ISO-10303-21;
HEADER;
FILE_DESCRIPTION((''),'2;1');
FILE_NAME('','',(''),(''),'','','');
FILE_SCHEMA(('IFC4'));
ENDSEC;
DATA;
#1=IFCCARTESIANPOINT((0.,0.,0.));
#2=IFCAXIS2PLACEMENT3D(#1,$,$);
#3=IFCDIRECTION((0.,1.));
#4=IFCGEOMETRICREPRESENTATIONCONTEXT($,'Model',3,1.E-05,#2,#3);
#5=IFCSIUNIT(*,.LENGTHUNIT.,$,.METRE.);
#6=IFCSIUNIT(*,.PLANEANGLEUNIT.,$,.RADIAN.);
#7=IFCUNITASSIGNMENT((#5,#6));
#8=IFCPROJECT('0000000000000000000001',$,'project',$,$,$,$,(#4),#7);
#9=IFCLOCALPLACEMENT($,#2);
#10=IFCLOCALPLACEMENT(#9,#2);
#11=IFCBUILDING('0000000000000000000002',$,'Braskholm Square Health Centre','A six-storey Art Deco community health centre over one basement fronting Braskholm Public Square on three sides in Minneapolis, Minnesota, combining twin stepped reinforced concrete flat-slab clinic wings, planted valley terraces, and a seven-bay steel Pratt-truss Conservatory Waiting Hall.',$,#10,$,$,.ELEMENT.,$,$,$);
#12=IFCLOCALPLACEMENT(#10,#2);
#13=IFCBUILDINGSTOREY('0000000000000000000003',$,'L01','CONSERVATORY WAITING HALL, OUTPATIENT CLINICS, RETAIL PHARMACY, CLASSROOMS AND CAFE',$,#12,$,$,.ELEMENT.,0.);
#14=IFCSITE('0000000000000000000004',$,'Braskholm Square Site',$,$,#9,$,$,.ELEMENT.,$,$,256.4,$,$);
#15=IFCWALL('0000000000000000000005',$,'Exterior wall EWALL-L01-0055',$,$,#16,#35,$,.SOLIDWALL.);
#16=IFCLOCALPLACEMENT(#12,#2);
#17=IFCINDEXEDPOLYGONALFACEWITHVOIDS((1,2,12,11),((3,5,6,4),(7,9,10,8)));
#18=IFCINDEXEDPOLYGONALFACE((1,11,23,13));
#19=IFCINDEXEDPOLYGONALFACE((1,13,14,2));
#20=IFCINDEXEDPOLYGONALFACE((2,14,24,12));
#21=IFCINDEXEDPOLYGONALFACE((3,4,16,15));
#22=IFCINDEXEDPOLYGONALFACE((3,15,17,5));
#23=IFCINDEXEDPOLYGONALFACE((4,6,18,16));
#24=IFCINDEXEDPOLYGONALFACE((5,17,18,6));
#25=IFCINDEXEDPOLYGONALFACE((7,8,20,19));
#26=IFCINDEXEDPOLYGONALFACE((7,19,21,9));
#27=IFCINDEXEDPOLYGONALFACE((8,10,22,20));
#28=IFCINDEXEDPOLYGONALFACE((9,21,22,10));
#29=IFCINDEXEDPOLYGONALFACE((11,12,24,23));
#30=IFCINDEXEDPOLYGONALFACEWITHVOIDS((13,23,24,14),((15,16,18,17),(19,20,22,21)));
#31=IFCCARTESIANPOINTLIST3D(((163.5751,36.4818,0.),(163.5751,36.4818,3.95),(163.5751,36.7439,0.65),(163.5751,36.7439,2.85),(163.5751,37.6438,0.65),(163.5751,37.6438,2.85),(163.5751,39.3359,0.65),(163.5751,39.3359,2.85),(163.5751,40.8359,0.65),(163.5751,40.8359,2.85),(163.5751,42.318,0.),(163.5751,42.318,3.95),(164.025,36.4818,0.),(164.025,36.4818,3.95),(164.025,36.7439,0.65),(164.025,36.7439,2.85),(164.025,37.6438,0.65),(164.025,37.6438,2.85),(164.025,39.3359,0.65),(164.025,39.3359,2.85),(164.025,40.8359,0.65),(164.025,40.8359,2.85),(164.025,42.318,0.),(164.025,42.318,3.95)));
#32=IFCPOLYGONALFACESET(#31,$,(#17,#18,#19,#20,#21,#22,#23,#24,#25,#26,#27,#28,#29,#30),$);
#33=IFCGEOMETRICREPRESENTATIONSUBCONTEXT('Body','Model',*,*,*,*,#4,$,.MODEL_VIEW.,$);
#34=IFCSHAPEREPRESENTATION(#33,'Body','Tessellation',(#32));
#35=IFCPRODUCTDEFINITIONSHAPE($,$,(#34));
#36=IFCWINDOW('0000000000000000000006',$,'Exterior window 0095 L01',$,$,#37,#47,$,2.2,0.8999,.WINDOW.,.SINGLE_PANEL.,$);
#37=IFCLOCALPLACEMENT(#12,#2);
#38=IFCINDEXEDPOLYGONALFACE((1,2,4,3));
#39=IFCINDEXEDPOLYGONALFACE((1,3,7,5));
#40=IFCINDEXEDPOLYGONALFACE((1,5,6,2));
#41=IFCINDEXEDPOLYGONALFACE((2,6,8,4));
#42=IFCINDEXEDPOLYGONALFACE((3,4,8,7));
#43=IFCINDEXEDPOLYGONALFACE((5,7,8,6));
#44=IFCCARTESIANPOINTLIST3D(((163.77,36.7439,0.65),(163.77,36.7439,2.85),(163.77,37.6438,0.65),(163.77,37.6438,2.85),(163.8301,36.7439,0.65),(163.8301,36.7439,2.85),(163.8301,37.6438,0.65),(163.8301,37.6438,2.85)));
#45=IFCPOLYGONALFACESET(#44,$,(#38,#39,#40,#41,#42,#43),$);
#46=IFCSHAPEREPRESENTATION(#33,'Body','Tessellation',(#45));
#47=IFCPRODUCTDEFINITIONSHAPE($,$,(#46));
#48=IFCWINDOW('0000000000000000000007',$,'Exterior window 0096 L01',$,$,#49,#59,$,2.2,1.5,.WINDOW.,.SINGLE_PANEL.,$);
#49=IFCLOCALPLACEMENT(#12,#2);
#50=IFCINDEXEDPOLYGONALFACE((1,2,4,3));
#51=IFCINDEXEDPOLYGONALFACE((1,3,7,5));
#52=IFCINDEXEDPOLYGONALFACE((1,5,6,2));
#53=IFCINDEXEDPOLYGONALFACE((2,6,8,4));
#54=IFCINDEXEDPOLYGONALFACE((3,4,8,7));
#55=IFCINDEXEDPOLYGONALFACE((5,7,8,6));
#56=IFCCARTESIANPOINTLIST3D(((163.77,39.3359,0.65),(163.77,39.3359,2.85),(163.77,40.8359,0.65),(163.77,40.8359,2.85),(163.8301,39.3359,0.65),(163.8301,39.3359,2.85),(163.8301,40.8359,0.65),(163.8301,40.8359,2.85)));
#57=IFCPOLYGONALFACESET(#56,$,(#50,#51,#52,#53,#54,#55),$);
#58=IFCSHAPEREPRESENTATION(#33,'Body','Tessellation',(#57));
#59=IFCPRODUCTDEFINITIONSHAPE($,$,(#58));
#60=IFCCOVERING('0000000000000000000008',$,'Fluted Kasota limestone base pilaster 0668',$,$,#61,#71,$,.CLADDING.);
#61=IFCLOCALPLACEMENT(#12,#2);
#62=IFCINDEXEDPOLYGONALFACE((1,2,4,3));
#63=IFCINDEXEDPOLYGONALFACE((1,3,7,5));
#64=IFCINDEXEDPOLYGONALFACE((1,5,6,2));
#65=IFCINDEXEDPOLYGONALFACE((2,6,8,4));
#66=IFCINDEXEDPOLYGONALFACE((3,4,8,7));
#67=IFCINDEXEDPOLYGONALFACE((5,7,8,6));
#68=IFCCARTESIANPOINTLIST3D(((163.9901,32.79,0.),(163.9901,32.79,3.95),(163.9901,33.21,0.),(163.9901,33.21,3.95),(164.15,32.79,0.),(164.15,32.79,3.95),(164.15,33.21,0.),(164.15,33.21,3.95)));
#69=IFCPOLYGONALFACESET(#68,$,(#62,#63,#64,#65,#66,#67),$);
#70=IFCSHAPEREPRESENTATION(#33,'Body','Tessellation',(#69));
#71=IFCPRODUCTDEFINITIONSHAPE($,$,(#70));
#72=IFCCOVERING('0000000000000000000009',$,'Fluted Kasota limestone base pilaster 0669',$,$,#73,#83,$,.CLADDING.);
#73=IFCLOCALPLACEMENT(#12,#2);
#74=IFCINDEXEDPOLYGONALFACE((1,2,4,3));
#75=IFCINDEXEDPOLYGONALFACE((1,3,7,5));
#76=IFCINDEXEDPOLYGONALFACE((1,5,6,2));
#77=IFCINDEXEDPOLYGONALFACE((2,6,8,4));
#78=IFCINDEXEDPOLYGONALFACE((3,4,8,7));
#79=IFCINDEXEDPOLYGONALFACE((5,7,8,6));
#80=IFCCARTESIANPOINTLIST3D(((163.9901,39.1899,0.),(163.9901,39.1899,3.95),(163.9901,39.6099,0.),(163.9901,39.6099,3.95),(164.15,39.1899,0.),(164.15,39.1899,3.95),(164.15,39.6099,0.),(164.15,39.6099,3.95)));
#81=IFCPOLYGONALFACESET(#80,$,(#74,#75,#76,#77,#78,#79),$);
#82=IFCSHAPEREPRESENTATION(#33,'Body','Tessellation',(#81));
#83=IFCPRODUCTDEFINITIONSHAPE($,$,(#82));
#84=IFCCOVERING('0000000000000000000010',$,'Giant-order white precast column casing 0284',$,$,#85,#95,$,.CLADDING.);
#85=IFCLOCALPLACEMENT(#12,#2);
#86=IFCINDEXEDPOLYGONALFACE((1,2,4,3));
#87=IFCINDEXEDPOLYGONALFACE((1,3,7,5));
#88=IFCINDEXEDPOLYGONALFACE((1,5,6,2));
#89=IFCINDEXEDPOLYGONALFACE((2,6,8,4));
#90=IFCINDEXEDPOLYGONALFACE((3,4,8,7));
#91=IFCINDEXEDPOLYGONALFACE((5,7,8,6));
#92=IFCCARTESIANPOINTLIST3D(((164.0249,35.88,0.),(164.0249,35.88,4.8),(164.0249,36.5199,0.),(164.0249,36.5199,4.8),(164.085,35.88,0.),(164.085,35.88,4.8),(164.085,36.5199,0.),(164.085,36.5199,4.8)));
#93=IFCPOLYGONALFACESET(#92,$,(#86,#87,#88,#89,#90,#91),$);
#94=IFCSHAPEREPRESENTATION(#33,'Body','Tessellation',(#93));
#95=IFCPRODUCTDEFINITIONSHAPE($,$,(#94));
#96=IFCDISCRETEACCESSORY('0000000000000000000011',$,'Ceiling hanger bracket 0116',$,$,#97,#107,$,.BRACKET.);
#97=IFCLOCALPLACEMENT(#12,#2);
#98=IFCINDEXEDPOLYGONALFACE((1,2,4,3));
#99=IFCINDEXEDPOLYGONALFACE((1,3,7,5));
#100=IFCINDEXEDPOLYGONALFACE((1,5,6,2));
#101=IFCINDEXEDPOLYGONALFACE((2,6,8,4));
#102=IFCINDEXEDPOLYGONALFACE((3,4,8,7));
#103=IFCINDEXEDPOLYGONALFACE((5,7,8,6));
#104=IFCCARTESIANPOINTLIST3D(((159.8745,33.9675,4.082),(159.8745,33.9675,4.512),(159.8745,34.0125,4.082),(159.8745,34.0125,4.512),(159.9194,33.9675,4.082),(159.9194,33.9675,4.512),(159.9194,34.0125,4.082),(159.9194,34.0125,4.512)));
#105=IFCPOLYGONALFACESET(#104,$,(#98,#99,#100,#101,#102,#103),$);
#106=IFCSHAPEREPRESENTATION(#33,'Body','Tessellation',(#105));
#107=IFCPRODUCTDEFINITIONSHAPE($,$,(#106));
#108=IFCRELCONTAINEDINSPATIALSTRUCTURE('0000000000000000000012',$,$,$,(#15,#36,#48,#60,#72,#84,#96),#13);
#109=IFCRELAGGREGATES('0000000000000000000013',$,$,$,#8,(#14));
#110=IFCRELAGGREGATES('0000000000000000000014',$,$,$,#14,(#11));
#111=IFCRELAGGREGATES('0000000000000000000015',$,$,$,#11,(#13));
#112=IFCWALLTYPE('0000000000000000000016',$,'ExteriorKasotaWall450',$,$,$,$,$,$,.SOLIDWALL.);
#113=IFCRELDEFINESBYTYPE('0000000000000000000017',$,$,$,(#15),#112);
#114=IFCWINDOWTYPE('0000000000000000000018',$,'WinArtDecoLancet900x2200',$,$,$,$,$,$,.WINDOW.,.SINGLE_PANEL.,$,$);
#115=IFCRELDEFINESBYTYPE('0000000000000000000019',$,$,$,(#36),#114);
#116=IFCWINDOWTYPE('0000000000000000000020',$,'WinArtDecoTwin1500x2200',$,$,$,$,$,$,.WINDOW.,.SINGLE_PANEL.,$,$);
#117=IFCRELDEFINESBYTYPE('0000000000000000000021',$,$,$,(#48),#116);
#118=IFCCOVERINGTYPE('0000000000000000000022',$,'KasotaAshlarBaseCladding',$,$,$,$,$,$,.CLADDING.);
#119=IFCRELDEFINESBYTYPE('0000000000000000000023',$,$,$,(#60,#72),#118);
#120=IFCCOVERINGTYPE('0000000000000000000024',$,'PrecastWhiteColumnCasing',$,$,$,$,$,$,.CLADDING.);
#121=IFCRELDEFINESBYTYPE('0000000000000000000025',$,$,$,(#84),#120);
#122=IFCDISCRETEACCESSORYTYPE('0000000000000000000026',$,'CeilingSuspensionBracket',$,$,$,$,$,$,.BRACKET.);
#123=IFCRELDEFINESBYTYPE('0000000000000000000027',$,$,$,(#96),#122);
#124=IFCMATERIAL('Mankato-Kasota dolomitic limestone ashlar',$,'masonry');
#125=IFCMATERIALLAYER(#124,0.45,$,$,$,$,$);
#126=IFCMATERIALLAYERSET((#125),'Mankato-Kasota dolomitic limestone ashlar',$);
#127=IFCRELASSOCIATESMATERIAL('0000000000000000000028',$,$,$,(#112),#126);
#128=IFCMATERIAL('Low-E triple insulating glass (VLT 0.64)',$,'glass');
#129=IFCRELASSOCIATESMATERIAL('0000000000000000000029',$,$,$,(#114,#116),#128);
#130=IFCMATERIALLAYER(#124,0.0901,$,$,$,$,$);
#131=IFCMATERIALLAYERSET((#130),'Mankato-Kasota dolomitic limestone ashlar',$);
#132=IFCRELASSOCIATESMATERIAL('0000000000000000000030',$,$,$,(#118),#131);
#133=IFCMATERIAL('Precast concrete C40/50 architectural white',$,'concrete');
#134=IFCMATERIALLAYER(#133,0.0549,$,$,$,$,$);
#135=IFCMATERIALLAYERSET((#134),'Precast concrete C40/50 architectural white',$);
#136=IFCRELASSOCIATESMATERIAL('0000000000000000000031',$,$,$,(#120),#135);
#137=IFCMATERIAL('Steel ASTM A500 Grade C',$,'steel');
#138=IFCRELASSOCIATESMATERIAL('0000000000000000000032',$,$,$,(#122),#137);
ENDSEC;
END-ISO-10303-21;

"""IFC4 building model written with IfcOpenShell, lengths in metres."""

from ifc_helpers import new_model, si_unit, direction, frame, frame_2d, origin, origin_with_axes, origin_2d, place, context, subcontext, project, spatial, rectangle, extrude, material, layer, layer_set, type_object, element, fill, save


model = new_model("IFC4")

# Units and contexts
model_context = context("Model", 3, precision=1e-05, world=origin(), true_north=direction((0.0, 1.0)))
body_context = subcontext(model_context, "Body", "Model", "MODEL_VIEW")
ifc_project = project(units=[si_unit("LENGTHUNIT", "METRE"), si_unit("PLANEANGLEUNIT", "RADIAN")], contexts=[model_context])

# Site, building, storey
site_placement = place(None, origin())
site = spatial("IfcSite", under=ifc_project, at=site_placement, Name="Braskholm Square Site", CompositionType="ELEMENT", RefElevation=256.4)
building_placement = place(site_placement, origin())
building = spatial("IfcBuilding", under=site, at=building_placement, Name="Braskholm Square Health Centre", Description="A six-storey Art Deco community health centre over one basement fronting Braskholm Public Square on three sides in Minneapolis, Minnesota, combining twin stepped reinforced concrete flat-slab clinic wings, planted valley terraces, and a seven-bay steel Pratt-truss Conservatory Waiting Hall.", CompositionType="ELEMENT")
storey_placement = place(building_placement, origin())
storey = spatial("IfcBuildingStorey", under=building, at=storey_placement, Name="L01", Description="CONSERVATORY WAITING HALL, OUTPATIENT CLINICS, RETAIL PHARMACY, CLASSROOMS AND CAFE", CompositionType="ELEMENT", Elevation=0.0)

# Shared definitions
ifc_material_1 = material(Name="Precast concrete C40/50 architectural white", Category="concrete")

# Shared definitions
ifc_material_2 = material(Name="Low-E triple insulating glass (VLT 0.64)", Category="glass")

# Wall, openings, windows
ifc_material_3 = material(Name="Mankato-Kasota dolomitic limestone ashlar", Category="masonry")
ifc_layer_1 = layer(ifc_material_3, 0.45)
ifc_layer_set_1 = layer_set([ifc_layer_1], Name="Mankato-Kasota dolomitic limestone ashlar")
wall_type_1 = type_object("IfcWallType", Name="ExteriorKasotaWall450", PredefinedType="SOLIDWALL", material=ifc_layer_set_1)
wall_1_placement = place(storey_placement, frame((163.8, 36.4819, 0.0), z_axis=(0.0, 0.0, 1.0), x_axis=(0.0, 1.0, 0.0)))
wall_1 = element("IfcWall", 1, at=wall_1_placement, inside=storey, type_object=wall_type_1, Name="Exterior wall EWALL-L01-0055", PredefinedType="SOLIDWALL", context=body_context, shape_type="SweptSolid", body=[
    extrude(rectangle(XDim=5.8362, YDim=0.45, at=frame_2d((2.918, 0.0))), origin(), (0.0, 0.0, 1.0), 3.95),
])
opening_1_placement = place(wall_1_placement, frame((0.262, 0.0, 0.6499)))
opening_1 = element("IfcOpeningElement", 2, at=opening_1_placement, cuts=wall_1, PredefinedType="OPENING", context=body_context, shape_type="SweptSolid", body=[
    extrude(rectangle(XDim=0.8999, YDim=2.2, at=frame_2d((0.45, 1.1001))), frame((0.0, 0.2349, 0.0), z_axis=(0.0, -1.0, 0.0), x_axis=(1.0, 0.0, 0.0)), (0.0, 0.0, 1.0), 0.47),
])
opening_2_placement = place(wall_1_placement, frame((2.854, 0.0, 0.6499)))
opening_2 = element("IfcOpeningElement", 3, at=opening_2_placement, cuts=wall_1, PredefinedType="OPENING", context=body_context, shape_type="SweptSolid", body=[
    extrude(rectangle(XDim=1.5, YDim=2.2, at=frame_2d((0.75, 1.1001))), frame((0.0, 0.2349, 0.0), z_axis=(0.0, -1.0, 0.0), x_axis=(1.0, 0.0, 0.0)), (0.0, 0.0, 1.0), 0.47),
])
window_type_1 = type_object("IfcWindowType", Name="WinArtDecoLancet900x2200", PartitioningType="SINGLE_PANEL", PredefinedType="WINDOW", material=ifc_material_2)
window_1_placement = place(opening_1_placement, origin_with_axes())
window_1 = element("IfcWindow", 4, at=window_1_placement, inside=storey, type_object=window_type_1, Name="Exterior window 0095 L01", OverallHeight=2.2, OverallWidth=0.8999, PartitioningType="SINGLE_PANEL", PredefinedType="WINDOW", context=body_context, shape_type="SweptSolid", body=[
    extrude(rectangle(XDim=0.8999, YDim=2.2, at=frame_2d((0.45, 1.1001))), frame((0.0, 0.03, 0.0), z_axis=(0.0, -1.0, 0.0), x_axis=(1.0, 0.0, 0.0)), (0.0, 0.0, 1.0), 0.0601),
])
fill(opening_1, window_1)
window_type_2 = type_object("IfcWindowType", Name="WinArtDecoTwin1500x2200", PartitioningType="SINGLE_PANEL", PredefinedType="WINDOW", material=ifc_material_2)
window_2_placement = place(opening_2_placement, origin_with_axes())
window_2 = element("IfcWindow", 5, at=window_2_placement, inside=storey, type_object=window_type_2, Name="Exterior window 0096 L01", OverallHeight=2.2, OverallWidth=1.5, PartitioningType="SINGLE_PANEL", PredefinedType="WINDOW", context=body_context, shape_type="SweptSolid", body=[
    extrude(rectangle(XDim=1.5, YDim=2.2, at=frame_2d((0.75, 1.1001))), frame((0.0, 0.03, 0.0), z_axis=(0.0, -1.0, 0.0), x_axis=(1.0, 0.0, 0.0)), (0.0, 0.0, 1.0), 0.0601),
])
fill(opening_2, window_2)

# Coverings
ifc_layer_2 = layer(ifc_material_3, 0.0901)
ifc_layer_set_2 = layer_set([ifc_layer_2], Name="Mankato-Kasota dolomitic limestone ashlar")
covering_type_1 = type_object("IfcCoveringType", Name="KasotaAshlarBaseCladding", PredefinedType="CLADDING", material=ifc_layer_set_2)
for number, where, z_axis, x_axis, name in (
    (6, (164.0701, 33.0, 0.0), (0.0, 0.0, 1.0), (1.0, 0.0, 0.0), "Fluted Kasota limestone base pilaster 0668"),
    (7, (164.0701, 39.3999, 0.0), (0.0, 0.0, 1.0), (1.0, 0.0, 0.0), "Fluted Kasota limestone base pilaster 0669"),
):
    element("IfcCovering", number, at=place(storey_placement, frame(where, z_axis=z_axis, x_axis=x_axis)), inside=storey, type_object=covering_type_1, Name=name, PredefinedType="CLADDING", context=body_context, shape_type="SweptSolid", body=[
        extrude(rectangle(XDim=0.1599, YDim=0.4199, at=origin_2d()), origin(), (0.0, 0.0, 1.0), 3.95),
    ])
ifc_layer_3 = layer(ifc_material_1, 0.0549)
ifc_layer_set_3 = layer_set([ifc_layer_3], Name="Precast concrete C40/50 architectural white")
covering_type_2 = type_object("IfcCoveringType", Name="PrecastWhiteColumnCasing", PredefinedType="CLADDING", material=ifc_layer_set_3)
covering_placement = place(storey_placement, frame((164.0549, 36.2, 0.0), z_axis=(0.0, 0.0, 1.0), x_axis=(1.0, 0.0, 0.0)))
element("IfcCovering", 8, at=covering_placement, inside=storey, type_object=covering_type_2, Name="Giant-order white precast column casing 0284", PredefinedType="CLADDING", context=body_context, shape_type="SweptSolid", body=[
    extrude(rectangle(XDim=0.0601, YDim=0.6399, at=origin_2d()), origin(), (0.0, 0.0, 1.0), 4.8),
])

# Discrete accessory
ifc_material_4 = material(Name="Steel ASTM A500 Grade C", Category="steel")
discrete_accessory_type = type_object("IfcDiscreteAccessoryType", Name="CeilingSuspensionBracket", PredefinedType="BRACKET", material=ifc_material_4)
discrete_accessory_placement = place(storey_placement, frame((159.897, 33.99, 4.082), z_axis=(0.0, 0.0, 1.0), x_axis=(1.0, 0.0, 0.0)))
element("IfcDiscreteAccessory", 9, at=discrete_accessory_placement, inside=storey, type_object=discrete_accessory_type, Name="Ceiling hanger bracket 0116", PredefinedType="BRACKET", context=body_context, shape_type="SweptSolid", body=[
    extrude(rectangle(XDim=0.0449, YDim=0.0449, at=origin_2d()), origin(), (0.0, 0.0, 1.0), 0.4299),
])

save(model, "model.ifc")
